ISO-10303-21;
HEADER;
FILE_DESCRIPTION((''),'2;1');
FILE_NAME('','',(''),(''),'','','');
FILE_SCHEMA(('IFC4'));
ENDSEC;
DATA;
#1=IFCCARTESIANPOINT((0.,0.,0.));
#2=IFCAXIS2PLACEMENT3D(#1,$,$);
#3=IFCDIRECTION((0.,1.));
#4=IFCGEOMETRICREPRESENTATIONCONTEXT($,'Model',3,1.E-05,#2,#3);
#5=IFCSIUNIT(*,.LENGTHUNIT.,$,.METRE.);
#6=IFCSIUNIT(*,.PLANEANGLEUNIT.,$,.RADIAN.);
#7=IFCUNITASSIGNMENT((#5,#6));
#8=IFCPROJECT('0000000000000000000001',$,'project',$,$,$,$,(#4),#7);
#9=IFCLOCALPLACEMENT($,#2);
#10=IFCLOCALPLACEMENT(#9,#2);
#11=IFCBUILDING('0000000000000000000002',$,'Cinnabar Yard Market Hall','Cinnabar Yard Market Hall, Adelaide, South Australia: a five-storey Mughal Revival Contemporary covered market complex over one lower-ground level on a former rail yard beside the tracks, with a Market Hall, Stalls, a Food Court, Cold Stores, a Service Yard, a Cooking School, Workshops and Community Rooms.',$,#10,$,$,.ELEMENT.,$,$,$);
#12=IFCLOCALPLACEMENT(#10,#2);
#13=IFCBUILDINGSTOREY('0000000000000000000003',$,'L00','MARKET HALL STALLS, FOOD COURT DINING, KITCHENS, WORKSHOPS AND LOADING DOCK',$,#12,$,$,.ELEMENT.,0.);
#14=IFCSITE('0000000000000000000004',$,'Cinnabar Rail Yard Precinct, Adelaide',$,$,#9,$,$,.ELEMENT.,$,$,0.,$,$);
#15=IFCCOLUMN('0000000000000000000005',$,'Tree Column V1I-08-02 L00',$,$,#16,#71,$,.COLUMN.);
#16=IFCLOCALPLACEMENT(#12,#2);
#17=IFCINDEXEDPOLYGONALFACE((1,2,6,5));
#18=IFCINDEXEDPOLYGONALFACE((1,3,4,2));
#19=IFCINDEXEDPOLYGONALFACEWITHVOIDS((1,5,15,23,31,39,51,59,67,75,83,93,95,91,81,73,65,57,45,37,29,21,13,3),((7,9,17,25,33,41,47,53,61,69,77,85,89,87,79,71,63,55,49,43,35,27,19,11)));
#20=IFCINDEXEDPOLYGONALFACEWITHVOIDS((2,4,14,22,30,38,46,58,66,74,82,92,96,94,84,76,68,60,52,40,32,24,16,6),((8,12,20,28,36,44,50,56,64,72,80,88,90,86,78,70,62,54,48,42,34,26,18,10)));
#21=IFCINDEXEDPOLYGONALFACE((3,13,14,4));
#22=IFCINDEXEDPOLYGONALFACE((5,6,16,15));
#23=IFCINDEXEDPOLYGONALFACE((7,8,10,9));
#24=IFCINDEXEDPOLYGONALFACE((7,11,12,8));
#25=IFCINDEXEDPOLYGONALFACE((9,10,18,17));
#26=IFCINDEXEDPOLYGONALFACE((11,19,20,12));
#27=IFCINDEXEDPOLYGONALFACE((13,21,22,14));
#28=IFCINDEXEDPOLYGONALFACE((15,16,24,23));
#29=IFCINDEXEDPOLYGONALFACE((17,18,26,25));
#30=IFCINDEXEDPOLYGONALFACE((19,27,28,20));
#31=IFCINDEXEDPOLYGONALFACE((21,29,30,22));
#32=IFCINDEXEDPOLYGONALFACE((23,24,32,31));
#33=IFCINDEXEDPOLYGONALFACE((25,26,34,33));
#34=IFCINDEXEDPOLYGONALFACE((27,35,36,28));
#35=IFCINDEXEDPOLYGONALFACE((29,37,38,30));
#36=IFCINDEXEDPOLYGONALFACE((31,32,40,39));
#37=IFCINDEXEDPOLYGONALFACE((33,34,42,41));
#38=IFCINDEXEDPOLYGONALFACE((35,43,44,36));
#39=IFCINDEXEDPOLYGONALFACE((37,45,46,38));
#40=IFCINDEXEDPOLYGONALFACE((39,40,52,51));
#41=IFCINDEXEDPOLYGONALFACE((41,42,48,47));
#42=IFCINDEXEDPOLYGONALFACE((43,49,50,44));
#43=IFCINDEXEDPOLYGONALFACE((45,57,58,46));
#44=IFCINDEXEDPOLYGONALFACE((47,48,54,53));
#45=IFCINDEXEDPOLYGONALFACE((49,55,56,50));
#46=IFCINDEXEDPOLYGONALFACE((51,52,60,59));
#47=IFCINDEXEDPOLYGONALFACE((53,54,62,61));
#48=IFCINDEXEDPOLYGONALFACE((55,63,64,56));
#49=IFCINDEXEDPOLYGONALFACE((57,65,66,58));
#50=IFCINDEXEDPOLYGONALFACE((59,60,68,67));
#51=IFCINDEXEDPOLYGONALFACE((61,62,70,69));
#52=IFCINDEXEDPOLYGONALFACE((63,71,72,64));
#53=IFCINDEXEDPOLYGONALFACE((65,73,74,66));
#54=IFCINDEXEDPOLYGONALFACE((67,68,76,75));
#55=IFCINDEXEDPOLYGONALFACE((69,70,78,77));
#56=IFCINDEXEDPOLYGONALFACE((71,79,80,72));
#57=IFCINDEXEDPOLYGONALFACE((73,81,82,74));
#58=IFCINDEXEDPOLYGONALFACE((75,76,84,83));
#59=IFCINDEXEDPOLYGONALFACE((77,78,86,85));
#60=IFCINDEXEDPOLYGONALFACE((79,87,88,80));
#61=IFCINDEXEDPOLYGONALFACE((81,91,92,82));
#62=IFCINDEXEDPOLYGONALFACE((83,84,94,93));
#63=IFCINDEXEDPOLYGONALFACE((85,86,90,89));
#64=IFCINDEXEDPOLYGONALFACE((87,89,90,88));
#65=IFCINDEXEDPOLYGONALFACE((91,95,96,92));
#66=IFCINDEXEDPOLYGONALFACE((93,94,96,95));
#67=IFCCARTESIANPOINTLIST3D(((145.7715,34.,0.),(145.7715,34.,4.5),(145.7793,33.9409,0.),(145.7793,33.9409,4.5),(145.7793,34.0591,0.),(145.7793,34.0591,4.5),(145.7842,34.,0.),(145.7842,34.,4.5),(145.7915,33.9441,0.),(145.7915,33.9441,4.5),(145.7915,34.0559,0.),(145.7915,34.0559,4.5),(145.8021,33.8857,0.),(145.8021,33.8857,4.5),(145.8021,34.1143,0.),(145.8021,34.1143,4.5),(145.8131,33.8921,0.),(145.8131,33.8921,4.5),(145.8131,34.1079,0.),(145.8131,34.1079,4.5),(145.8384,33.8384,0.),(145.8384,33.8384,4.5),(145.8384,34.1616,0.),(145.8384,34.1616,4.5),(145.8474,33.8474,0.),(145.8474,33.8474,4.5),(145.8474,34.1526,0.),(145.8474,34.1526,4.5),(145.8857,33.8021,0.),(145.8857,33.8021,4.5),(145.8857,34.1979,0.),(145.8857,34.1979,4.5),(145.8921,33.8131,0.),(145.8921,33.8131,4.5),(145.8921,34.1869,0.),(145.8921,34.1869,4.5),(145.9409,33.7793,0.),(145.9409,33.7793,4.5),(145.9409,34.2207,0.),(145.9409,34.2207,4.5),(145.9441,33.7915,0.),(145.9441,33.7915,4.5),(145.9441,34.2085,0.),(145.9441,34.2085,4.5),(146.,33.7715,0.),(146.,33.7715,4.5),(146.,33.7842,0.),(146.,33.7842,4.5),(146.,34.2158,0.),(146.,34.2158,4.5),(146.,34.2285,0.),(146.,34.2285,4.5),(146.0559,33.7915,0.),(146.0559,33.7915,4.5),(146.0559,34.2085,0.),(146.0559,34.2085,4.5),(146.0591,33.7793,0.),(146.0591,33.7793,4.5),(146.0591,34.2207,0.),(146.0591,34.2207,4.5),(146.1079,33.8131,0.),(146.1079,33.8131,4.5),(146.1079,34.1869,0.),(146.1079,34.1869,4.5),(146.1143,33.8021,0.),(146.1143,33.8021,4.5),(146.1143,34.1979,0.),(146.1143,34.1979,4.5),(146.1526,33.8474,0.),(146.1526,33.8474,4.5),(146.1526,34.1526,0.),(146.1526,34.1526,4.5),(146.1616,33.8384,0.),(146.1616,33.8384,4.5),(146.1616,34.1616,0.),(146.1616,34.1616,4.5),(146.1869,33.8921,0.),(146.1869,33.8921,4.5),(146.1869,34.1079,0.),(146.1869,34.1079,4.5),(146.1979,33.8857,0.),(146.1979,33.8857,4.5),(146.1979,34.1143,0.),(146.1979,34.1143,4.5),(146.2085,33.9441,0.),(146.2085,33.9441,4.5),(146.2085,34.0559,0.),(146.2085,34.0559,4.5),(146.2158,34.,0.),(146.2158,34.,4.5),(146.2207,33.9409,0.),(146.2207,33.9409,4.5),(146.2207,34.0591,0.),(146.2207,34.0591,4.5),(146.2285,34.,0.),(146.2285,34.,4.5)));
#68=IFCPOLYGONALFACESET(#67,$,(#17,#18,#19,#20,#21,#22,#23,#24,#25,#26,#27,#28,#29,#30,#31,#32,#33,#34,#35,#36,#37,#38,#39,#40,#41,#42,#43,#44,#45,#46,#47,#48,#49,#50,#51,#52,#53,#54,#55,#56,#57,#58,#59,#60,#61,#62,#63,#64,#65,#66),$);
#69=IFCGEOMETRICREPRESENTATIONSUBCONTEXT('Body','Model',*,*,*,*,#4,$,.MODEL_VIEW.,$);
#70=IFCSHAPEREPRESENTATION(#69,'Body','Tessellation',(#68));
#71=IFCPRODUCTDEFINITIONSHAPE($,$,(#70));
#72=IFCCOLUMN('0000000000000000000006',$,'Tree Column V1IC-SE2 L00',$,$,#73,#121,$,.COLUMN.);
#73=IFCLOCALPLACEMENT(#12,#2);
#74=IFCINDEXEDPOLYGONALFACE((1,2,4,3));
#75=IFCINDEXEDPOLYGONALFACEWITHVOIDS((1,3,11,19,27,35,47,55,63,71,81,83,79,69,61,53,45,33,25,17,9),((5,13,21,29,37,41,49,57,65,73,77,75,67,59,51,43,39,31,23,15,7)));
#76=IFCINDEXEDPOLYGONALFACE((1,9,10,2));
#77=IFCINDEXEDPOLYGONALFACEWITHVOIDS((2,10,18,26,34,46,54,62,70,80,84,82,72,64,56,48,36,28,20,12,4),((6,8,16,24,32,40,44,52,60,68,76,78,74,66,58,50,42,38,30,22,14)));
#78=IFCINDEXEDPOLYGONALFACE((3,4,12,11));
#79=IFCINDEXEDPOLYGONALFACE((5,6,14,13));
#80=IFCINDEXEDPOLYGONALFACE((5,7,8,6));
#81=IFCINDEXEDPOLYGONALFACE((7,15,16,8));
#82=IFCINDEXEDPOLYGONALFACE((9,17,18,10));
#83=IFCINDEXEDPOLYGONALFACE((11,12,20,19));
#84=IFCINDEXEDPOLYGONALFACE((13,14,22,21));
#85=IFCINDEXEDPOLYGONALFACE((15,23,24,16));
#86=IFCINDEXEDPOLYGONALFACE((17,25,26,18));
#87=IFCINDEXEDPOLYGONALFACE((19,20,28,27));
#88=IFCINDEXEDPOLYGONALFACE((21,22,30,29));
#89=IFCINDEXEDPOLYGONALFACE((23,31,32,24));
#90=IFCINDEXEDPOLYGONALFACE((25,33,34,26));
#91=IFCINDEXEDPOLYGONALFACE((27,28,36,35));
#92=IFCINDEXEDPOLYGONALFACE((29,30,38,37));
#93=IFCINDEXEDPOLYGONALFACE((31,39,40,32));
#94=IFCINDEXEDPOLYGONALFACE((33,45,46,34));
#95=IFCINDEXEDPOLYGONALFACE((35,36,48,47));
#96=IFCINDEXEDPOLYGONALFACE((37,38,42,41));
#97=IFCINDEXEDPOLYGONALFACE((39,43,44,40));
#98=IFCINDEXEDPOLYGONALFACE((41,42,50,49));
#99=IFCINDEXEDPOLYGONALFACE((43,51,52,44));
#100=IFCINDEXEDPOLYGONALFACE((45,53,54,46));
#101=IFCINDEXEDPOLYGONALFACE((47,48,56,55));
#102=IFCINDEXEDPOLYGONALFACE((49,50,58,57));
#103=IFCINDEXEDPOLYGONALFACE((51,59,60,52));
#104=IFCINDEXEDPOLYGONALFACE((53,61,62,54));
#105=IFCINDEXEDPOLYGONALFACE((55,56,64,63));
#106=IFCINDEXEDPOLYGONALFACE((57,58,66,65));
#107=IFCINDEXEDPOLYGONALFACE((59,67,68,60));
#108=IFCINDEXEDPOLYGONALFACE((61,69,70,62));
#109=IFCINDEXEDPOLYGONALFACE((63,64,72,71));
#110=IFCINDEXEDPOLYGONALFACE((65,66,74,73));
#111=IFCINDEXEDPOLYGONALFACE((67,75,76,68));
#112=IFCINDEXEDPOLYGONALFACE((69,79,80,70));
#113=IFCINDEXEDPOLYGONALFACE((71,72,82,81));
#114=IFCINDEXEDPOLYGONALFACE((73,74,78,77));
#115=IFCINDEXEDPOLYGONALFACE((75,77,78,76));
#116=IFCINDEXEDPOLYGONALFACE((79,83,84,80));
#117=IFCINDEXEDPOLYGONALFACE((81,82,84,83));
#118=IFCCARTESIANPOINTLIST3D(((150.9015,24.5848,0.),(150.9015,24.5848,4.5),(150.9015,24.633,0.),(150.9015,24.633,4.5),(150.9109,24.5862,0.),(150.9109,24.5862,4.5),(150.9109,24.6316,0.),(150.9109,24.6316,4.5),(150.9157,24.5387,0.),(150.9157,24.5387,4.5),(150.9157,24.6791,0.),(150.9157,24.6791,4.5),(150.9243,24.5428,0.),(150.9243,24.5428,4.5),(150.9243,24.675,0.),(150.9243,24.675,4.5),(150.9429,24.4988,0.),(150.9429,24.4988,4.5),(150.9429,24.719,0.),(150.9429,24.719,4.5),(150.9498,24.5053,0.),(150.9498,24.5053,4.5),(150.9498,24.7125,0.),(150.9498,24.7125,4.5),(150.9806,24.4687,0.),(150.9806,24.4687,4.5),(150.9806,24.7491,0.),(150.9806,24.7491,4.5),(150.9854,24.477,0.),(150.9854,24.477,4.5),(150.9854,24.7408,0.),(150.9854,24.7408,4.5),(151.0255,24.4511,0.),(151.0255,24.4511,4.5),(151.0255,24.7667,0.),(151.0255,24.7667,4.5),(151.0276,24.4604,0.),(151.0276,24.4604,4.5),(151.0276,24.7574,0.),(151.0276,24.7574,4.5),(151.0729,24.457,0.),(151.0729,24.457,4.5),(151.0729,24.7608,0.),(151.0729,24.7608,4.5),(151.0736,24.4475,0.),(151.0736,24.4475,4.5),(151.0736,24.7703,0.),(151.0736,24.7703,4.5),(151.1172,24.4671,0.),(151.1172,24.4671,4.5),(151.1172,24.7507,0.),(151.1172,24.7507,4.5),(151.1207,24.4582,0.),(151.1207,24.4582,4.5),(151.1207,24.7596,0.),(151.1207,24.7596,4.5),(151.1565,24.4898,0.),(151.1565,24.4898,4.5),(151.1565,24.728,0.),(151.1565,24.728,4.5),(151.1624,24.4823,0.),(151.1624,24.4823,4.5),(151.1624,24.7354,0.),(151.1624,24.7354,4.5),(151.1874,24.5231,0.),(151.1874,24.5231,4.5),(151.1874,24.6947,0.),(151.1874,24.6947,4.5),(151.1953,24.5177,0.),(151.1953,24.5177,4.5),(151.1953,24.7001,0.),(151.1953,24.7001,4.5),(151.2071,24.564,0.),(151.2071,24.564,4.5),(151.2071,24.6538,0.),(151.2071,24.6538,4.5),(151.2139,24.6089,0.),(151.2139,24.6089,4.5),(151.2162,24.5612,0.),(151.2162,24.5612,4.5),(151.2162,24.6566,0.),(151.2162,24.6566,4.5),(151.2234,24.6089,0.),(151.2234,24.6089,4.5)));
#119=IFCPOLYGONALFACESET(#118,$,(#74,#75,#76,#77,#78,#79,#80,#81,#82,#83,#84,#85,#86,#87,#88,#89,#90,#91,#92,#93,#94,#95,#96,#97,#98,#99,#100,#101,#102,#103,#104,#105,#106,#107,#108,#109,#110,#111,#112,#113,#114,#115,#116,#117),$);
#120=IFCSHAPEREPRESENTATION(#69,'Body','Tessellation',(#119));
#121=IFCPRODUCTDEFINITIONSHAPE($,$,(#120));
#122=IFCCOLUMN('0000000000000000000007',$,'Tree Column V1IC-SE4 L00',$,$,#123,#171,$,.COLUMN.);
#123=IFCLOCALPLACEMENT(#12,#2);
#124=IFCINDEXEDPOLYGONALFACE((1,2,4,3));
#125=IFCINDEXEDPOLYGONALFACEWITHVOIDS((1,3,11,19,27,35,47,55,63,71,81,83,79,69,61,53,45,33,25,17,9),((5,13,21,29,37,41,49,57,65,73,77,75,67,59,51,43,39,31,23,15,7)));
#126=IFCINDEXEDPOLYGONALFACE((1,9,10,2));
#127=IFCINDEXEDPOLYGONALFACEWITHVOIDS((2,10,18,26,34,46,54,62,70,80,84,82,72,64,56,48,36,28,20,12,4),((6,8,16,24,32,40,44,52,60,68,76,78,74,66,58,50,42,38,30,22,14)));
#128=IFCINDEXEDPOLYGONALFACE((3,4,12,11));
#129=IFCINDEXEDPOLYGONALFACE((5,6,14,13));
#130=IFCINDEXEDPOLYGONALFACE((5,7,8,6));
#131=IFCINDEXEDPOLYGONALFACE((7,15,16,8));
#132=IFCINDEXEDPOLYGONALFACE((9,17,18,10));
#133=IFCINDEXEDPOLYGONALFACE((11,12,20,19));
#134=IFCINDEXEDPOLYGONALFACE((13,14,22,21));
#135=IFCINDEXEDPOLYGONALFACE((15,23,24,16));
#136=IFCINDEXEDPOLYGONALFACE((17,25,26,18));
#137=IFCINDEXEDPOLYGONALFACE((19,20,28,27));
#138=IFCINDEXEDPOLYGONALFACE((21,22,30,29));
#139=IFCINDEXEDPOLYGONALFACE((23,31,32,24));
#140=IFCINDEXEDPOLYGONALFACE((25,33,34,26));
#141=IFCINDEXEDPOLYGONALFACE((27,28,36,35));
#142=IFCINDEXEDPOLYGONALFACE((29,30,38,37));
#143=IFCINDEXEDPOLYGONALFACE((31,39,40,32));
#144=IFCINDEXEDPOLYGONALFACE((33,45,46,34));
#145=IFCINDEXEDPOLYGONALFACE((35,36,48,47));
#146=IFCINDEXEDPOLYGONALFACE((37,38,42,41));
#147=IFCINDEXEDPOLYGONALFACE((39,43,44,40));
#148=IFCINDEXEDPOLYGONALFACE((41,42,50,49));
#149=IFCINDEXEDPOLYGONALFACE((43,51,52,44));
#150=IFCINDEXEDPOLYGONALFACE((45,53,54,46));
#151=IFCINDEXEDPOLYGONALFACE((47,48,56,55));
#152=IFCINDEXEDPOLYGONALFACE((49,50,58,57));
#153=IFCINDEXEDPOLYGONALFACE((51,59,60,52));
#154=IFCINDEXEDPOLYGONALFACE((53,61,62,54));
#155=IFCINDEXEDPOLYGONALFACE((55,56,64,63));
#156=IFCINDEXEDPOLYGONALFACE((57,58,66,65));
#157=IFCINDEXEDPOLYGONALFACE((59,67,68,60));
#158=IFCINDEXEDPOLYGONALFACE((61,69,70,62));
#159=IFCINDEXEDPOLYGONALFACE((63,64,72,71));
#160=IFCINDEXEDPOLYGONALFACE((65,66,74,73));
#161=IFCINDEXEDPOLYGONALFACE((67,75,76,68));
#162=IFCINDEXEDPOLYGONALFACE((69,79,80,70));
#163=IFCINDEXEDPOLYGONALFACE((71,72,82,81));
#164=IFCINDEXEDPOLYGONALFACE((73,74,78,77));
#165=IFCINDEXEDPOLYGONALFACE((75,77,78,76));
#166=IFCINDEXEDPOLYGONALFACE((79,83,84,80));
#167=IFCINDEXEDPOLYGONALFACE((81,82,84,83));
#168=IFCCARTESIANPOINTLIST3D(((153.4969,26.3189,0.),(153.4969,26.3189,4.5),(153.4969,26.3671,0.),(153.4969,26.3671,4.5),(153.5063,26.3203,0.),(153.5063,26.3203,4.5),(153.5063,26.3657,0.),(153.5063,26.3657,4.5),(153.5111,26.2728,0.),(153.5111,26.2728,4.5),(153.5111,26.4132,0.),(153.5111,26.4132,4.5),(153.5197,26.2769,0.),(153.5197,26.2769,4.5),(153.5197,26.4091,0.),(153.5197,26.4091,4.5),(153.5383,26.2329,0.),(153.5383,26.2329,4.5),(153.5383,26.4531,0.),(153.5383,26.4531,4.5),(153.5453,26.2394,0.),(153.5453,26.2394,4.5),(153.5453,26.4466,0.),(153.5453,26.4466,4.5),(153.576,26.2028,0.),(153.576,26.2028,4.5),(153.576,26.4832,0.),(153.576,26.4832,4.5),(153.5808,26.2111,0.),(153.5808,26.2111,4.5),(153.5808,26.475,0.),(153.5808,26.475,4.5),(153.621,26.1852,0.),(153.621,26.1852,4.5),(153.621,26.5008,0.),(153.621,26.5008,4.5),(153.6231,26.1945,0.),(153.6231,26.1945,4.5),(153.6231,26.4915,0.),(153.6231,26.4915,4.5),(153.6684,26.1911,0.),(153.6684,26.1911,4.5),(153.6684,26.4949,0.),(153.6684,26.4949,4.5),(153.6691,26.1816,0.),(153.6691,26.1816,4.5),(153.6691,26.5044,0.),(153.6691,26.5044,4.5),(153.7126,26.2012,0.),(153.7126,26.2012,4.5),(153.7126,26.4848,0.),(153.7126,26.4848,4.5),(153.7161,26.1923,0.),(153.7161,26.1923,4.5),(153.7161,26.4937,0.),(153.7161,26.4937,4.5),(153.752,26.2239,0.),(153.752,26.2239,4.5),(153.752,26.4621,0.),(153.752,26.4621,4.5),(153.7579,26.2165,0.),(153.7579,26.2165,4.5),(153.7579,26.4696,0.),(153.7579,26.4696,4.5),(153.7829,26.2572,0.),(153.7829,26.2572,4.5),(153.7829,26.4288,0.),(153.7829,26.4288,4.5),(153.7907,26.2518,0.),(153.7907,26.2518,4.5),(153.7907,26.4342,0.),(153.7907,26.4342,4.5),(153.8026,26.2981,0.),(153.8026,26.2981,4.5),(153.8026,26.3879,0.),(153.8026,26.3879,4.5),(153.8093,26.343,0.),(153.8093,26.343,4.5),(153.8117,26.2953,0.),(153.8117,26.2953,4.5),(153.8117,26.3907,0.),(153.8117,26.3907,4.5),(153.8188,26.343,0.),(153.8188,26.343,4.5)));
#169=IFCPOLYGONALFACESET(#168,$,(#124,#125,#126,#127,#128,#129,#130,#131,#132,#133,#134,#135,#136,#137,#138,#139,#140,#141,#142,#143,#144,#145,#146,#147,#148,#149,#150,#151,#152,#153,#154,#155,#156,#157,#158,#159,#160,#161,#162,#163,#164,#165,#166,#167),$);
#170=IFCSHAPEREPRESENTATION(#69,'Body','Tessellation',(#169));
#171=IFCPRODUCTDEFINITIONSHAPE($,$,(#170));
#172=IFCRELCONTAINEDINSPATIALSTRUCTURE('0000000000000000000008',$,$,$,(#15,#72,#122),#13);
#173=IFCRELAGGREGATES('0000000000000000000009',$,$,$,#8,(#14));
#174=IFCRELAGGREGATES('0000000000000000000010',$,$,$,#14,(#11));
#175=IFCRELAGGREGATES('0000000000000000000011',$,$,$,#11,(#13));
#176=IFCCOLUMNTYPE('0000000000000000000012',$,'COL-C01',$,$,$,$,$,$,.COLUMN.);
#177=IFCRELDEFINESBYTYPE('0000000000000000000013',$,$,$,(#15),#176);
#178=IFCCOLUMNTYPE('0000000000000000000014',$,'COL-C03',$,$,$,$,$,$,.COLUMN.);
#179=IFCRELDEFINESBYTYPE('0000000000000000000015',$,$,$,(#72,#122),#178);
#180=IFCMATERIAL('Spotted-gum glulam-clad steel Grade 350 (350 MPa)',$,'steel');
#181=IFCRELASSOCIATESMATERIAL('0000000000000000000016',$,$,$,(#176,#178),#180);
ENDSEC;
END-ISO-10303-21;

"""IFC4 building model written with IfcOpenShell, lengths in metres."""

from ifc_helpers import new_model, si_unit, direction, frame, origin, origin_2d_with_axis, place, context, subcontext, project, spatial, hollow_circle, extrude, material, material_profile, profile_set, type_object, element, save


model = new_model("IFC4")

# Units and contexts
model_context = context("Model", 3, precision=1e-05, world=origin(), true_north=direction((0.0, 1.0)))
body_context = subcontext(model_context, "Body", "Model", "MODEL_VIEW")
ifc_project = project(units=[si_unit("LENGTHUNIT", "METRE"), si_unit("PLANEANGLEUNIT", "RADIAN")], contexts=[model_context])

# Site, building, storey
site_placement = place(None, origin())
site = spatial("IfcSite", under=ifc_project, at=site_placement, Name="Cinnabar Rail Yard Precinct, Adelaide", CompositionType="ELEMENT", RefElevation=0.0)
building_placement = place(site_placement, origin())
building = spatial("IfcBuilding", under=site, at=building_placement, Name="Cinnabar Yard Market Hall", Description="Cinnabar Yard Market Hall, Adelaide, South Australia: a five-storey Mughal Revival Contemporary covered market complex over one lower-ground level on a former rail yard beside the tracks, with a Market Hall, Stalls, a Food Court, Cold Stores, a Service Yard, a Cooking School, Workshops and Community Rooms.", CompositionType="ELEMENT")
storey_placement = place(building_placement, origin())
storey = spatial("IfcBuildingStorey", under=building, at=storey_placement, Name="L00", Description="MARKET HALL STALLS, FOOD COURT DINING, KITCHENS, WORKSHOPS AND LOADING DOCK", CompositionType="ELEMENT", Elevation=0.0)

# Columns
ifc_material_1 = material(Name="Spotted-gum glulam-clad steel Grade 350 (350 MPa)", Category="steel")
ifc_material_profile_1 = material_profile(ifc_material_1, hollow_circle(Radius=0.2285, WallThickness=0.0127, at=origin_2d_with_axis()), Name="457.0x12.7CHS")
ifc_profile_set_1 = profile_set([ifc_material_profile_1], Name="Spotted-gum glulam-clad steel Grade 350 (350 MPa)")
column_type_1 = type_object("IfcColumnType", Name="COL-C01", PredefinedType="COLUMN", material=ifc_profile_set_1)
column_placement = place(storey_placement, frame((146.0, 34.0, 0.0), z_axis=(0.0, 0.0, 1.0), x_axis=(1.0, 0.0, 0.0)))
element("IfcColumn", 1, at=column_placement, inside=storey, type_object=column_type_1, Name="Tree Column V1I-08-02 L00", PredefinedType="COLUMN", context=body_context, shape_type="SweptSolid", body=[
    extrude(hollow_circle(Radius=0.2285, WallThickness=0.0127, at=origin_2d_with_axis()), origin(), (0.0, 0.0, 1.0), 4.5),
])
ifc_material_profile_2 = material_profile(ifc_material_1, hollow_circle(Radius=0.1619, WallThickness=0.0095, at=origin_2d_with_axis()), Name="323.9x9.5CHS")
ifc_profile_set_2 = profile_set([ifc_material_profile_2], Name="Spotted-gum glulam-clad steel Grade 350 (350 MPa)")
column_type_2 = type_object("IfcColumnType", Name="COL-C03", PredefinedType="COLUMN", material=ifc_profile_set_2)
for number, where, z_axis, x_axis, name in (
    (2, (151.0615, 24.6089, 0.0), (0.0, 0.0, 1.0), (1.0, 0.0, 0.0), "Tree Column V1IC-SE2 L00"),
    (3, (153.657, 26.343, 0.0), (0.0, 0.0, 1.0), (1.0, 0.0, 0.0), "Tree Column V1IC-SE4 L00"),
):
    element("IfcColumn", number, at=place(storey_placement, frame(where, z_axis=z_axis, x_axis=x_axis)), inside=storey, type_object=column_type_2, Name=name, PredefinedType="COLUMN", context=body_context, shape_type="SweptSolid", body=[
        extrude(hollow_circle(Radius=0.1619, WallThickness=0.0095, at=origin_2d_with_axis()), origin(), (0.0, 0.0, 1.0), 4.5),
    ])

save(model, "model.ifc")
